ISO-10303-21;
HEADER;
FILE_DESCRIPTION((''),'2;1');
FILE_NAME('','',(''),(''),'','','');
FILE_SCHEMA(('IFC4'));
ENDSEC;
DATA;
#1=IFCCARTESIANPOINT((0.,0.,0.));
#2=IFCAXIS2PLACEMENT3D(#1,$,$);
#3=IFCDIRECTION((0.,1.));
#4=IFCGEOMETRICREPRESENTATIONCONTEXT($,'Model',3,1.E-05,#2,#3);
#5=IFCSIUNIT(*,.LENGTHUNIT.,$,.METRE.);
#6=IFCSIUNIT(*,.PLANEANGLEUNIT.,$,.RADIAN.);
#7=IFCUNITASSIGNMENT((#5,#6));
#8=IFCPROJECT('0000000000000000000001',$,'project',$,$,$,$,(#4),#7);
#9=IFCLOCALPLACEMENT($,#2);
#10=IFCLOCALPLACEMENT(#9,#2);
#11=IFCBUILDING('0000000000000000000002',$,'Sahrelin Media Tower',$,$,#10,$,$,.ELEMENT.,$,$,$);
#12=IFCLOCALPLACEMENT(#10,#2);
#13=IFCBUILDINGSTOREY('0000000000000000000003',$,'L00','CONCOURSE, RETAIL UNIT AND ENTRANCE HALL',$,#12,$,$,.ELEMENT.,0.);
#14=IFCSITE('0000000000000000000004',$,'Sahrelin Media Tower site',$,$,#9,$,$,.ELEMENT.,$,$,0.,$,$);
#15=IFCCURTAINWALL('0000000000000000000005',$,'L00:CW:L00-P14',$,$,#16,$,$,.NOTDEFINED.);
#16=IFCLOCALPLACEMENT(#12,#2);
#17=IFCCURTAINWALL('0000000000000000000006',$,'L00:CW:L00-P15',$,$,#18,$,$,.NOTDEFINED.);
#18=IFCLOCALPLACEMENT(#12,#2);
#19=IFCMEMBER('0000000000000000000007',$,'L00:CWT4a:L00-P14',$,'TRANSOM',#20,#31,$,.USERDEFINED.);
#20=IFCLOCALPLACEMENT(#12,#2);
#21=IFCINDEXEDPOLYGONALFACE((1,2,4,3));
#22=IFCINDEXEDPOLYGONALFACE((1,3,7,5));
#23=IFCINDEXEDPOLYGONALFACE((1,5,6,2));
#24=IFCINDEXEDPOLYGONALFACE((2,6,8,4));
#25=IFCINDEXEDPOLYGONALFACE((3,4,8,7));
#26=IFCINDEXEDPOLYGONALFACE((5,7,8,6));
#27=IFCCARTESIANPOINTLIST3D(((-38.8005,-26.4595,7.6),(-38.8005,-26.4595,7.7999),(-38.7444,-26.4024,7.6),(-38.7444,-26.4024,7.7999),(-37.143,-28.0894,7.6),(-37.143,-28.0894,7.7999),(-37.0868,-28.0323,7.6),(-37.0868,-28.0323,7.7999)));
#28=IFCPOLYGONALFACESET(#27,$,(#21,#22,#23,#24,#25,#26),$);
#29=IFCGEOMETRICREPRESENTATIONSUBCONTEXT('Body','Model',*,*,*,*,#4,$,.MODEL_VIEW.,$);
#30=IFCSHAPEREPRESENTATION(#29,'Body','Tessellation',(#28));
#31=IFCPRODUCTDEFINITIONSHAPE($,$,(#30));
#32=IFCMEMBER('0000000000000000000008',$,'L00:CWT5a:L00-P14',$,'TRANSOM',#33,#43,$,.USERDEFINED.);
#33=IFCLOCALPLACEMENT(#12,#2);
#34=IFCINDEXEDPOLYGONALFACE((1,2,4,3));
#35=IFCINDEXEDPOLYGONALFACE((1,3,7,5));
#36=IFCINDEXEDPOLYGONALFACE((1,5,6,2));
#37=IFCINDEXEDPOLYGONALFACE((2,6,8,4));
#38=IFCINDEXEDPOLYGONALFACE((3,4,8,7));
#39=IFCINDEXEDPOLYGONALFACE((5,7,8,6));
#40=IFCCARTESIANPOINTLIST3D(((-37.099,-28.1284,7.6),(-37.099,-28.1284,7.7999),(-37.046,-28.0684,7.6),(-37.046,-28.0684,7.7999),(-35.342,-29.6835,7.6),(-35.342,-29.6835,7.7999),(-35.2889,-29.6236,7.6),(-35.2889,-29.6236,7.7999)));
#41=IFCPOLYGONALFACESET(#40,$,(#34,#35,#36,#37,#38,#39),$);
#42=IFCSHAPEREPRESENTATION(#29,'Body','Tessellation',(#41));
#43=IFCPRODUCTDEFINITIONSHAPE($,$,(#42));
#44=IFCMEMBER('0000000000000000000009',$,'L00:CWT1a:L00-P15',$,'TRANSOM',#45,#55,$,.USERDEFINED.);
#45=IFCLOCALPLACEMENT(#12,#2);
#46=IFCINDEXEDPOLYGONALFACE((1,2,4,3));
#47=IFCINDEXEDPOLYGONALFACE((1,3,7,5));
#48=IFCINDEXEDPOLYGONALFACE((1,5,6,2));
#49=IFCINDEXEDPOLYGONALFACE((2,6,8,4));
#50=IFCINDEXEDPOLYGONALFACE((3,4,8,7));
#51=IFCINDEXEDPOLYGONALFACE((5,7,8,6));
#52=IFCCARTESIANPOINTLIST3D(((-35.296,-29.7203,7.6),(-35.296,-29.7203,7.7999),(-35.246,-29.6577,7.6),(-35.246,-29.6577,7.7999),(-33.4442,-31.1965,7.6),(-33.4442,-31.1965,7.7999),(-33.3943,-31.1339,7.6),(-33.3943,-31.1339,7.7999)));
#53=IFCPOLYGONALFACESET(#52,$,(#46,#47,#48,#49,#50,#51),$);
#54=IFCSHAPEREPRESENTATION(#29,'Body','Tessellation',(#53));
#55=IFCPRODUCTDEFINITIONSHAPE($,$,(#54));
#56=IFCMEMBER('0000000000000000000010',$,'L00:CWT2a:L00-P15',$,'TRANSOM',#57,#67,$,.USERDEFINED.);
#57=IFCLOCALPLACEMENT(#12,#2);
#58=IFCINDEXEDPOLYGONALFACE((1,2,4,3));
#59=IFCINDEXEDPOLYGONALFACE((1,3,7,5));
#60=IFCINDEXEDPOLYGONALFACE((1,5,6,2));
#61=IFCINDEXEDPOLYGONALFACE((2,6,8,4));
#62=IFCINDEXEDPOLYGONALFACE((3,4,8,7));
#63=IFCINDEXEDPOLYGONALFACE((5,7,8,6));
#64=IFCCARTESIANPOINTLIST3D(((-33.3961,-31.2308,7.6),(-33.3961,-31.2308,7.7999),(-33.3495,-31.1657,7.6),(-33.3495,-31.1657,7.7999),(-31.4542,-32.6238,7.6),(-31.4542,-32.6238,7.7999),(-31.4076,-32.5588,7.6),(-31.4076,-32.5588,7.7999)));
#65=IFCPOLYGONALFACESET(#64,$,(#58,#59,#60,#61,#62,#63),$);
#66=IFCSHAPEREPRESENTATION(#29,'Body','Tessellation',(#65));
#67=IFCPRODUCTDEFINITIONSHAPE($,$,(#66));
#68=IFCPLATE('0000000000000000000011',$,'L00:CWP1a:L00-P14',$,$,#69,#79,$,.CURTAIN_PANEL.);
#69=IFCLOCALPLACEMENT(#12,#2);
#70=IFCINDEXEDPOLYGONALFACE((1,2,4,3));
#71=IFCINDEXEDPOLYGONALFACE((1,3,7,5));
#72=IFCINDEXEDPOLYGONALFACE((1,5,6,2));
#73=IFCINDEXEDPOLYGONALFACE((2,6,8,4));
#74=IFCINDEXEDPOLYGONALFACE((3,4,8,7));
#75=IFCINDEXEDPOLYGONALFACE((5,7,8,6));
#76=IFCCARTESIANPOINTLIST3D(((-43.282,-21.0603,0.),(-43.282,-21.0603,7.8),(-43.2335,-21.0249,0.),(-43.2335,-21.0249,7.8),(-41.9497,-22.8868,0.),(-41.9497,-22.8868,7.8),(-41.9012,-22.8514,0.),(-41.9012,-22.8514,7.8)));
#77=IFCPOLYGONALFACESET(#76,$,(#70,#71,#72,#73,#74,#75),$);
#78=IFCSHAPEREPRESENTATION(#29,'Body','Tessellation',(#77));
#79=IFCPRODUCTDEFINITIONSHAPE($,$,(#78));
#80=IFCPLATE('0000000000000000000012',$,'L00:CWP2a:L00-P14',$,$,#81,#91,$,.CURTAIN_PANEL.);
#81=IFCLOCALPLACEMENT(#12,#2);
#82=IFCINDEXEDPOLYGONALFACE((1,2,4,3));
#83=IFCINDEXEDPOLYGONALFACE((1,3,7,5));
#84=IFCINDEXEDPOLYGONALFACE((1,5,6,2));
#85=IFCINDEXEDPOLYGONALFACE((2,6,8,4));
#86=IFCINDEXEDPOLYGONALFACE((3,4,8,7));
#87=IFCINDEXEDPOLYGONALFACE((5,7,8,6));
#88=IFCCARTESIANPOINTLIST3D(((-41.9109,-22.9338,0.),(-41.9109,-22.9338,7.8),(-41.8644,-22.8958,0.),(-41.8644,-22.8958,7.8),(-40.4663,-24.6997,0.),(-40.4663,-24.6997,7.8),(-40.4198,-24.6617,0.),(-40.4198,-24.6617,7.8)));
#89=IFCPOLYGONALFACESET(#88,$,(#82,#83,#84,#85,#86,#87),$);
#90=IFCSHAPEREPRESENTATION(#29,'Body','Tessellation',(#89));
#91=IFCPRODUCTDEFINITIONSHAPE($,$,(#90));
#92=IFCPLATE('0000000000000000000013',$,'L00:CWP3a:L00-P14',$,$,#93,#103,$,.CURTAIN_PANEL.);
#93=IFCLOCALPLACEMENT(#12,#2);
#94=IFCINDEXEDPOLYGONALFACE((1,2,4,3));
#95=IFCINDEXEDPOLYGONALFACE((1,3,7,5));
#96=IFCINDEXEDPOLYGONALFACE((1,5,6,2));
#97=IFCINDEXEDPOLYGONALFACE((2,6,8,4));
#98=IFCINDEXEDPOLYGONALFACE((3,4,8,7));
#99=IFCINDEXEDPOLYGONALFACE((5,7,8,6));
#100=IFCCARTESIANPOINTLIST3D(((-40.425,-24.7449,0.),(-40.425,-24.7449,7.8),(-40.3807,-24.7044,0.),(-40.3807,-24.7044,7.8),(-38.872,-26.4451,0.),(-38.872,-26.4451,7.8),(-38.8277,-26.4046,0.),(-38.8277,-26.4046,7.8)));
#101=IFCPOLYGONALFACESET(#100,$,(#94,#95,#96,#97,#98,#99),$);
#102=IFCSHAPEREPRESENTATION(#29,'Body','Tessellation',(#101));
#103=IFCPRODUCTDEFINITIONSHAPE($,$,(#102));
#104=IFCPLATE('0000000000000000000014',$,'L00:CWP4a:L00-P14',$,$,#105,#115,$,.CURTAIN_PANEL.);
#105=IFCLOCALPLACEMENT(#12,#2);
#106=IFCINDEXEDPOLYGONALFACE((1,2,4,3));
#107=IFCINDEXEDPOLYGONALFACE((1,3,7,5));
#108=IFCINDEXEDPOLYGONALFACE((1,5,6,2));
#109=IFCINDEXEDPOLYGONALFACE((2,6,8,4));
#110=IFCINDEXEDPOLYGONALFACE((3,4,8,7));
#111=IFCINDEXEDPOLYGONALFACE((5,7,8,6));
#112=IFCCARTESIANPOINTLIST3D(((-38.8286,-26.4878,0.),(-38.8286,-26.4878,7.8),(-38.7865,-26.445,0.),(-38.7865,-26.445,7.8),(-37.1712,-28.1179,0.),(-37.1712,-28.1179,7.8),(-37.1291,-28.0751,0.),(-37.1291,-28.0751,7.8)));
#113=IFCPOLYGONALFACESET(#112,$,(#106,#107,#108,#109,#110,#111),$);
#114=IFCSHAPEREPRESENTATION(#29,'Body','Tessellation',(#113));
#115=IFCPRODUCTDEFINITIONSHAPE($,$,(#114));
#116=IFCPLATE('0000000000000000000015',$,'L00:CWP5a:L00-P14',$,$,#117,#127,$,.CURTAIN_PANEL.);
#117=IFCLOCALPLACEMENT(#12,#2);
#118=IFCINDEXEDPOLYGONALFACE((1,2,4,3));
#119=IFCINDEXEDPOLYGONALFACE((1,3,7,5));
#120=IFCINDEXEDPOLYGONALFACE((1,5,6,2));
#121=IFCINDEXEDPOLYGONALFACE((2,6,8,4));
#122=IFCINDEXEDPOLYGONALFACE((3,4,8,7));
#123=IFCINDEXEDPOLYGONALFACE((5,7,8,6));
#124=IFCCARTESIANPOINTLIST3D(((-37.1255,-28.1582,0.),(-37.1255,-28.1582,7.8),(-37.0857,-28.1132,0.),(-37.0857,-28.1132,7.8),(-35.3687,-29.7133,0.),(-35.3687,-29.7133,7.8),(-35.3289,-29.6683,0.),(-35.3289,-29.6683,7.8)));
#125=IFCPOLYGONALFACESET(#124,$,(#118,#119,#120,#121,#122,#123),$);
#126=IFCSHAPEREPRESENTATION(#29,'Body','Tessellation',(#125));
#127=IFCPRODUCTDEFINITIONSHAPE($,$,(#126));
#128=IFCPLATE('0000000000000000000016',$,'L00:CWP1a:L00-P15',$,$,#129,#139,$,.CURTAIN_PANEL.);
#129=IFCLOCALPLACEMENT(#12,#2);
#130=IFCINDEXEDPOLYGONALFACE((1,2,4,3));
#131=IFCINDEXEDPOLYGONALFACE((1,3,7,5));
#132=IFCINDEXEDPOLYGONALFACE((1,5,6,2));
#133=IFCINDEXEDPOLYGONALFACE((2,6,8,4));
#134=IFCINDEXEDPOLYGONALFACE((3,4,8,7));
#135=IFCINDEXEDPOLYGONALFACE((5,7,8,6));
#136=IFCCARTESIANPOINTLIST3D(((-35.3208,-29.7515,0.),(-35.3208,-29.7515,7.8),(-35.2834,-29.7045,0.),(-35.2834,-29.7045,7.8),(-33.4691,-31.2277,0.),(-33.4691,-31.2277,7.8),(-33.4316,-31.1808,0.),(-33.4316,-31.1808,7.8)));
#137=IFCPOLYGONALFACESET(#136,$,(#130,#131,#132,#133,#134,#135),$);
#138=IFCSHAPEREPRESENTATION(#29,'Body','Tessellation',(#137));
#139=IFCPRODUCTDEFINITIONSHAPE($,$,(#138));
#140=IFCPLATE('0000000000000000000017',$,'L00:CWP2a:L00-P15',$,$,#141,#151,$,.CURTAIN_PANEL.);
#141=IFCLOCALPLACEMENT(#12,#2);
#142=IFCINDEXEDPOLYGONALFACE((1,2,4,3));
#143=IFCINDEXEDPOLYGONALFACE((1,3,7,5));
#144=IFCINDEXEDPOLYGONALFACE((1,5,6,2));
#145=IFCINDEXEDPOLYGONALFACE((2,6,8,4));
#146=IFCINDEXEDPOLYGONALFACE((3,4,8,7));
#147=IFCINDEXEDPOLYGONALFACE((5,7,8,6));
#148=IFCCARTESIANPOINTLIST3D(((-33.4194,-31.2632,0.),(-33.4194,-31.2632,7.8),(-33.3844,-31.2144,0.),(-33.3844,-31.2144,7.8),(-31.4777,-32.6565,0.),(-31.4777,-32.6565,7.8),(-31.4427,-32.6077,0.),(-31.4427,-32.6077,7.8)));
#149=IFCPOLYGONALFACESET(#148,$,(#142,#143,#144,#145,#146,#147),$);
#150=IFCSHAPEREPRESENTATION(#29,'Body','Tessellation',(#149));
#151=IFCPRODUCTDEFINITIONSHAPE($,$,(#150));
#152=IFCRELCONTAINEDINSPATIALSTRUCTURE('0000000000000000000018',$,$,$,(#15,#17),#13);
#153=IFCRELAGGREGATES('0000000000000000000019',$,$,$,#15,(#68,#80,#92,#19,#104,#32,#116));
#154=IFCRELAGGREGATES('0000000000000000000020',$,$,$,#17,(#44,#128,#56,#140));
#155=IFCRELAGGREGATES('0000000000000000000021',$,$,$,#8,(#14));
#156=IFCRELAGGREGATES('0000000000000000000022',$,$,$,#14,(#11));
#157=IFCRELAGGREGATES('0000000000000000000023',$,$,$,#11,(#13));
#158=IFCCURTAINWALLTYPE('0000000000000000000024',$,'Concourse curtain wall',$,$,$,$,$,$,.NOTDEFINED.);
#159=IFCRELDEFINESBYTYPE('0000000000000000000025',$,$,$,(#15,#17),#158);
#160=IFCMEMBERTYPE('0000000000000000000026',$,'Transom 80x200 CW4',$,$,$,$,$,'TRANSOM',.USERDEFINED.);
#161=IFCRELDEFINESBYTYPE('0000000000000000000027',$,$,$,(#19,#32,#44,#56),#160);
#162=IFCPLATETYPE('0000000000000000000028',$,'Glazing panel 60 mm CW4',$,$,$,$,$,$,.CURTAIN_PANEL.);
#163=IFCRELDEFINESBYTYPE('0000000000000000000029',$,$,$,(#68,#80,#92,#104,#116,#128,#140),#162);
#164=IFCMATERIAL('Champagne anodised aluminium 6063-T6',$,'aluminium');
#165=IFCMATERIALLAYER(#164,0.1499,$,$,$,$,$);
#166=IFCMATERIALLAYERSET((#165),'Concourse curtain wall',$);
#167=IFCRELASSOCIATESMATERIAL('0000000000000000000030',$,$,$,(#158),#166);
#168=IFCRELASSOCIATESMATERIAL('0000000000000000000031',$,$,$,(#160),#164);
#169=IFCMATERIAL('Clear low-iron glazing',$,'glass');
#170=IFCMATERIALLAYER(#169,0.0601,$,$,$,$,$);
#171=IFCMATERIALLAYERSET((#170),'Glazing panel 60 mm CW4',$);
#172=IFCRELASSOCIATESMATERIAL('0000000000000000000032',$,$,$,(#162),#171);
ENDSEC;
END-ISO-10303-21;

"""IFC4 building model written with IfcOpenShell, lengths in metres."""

from ifc_helpers import new_model, si_unit, direction, frame, origin, origin_2d, place, context, subcontext, project, spatial, polyline, rectangle, outline, extrude, material, layer, layer_set, material_profile, profile_set, type_object, element, aggregate, save


model = new_model("IFC4")

# Units and contexts
model_context = context("Model", 3, precision=1e-05, world=origin(), true_north=direction((0.0, 1.0)))
body_context = subcontext(model_context, "Body", "Model", "MODEL_VIEW")
ifc_project = project(units=[si_unit("LENGTHUNIT", "METRE"), si_unit("PLANEANGLEUNIT", "RADIAN")], contexts=[model_context])

# Site, building, storey
site_placement = place(None, origin())
site = spatial("IfcSite", under=ifc_project, at=site_placement, Name="Sahrelin Media Tower site", CompositionType="ELEMENT", RefElevation=0.0)
building_placement = place(site_placement, origin())
building = spatial("IfcBuilding", under=site, at=building_placement, Name="Sahrelin Media Tower", CompositionType="ELEMENT")
storey_placement = place(building_placement, origin())
storey = spatial("IfcBuildingStorey", under=building, at=storey_placement, Name="L00", Description="CONCOURSE, RETAIL UNIT AND ENTRANCE HALL", CompositionType="ELEMENT", Elevation=0.0)

# Curtain walls
ifc_material_1 = material(Name="Champagne anodised aluminium 6063-T6", Category="aluminium")
ifc_layer_1 = layer(ifc_material_1, 0.1499)
ifc_layer_set_1 = layer_set([ifc_layer_1], Name="Concourse curtain wall")
curtain_wall_type = type_object("IfcCurtainWallType", Name="Concourse curtain wall", PredefinedType="NOTDEFINED", material=ifc_layer_set_1)
curtain_wall_1_placement = place(storey_placement, frame((-43.3013, -21.0, 0.0), z_axis=(0.0, 0.0, 1.0), x_axis=(1.0, 0.0, 0.0)))
curtain_wall_1 = element("IfcCurtainWall", 1, at=curtain_wall_1_placement, inside=storey, type_object=curtain_wall_type, Name="L00:CW:L00-P14", PredefinedType="NOTDEFINED")
curtain_wall_2_placement = place(storey_placement, frame((-35.3552, -29.6985, 0.0), z_axis=(0.0, 0.0, 1.0), x_axis=(1.0, 0.0, 0.0)))
curtain_wall_2 = element("IfcCurtainWall", 2, at=curtain_wall_2_placement, inside=storey, type_object=curtain_wall_type, Name="L00:CW:L00-P15", PredefinedType="NOTDEFINED")

# Members
ifc_material_profile_1 = material_profile(ifc_material_1, rectangle(XDim=0.0801, YDim=0.2, at=origin_2d()), Name="Transom 80x200")
ifc_profile_set_1 = profile_set([ifc_material_profile_1], Name="Champagne anodised aluminium 6063-T6")
member_type_1 = type_object("IfcMemberType", Name="Transom 80x200 CW4", ElementType="TRANSOM", PredefinedType="USERDEFINED", material=ifc_profile_set_1)
member_1_placement = place(storey_placement, frame((-38.7725, -26.4309, 7.7), z_axis=(0.713016, -0.701148, 0.0), x_axis=(0.701148, 0.713016, 0.0)))
member_1 = element("IfcMember", 3, at=member_1_placement, type_object=member_type_1, Name="L00:CWT4a:L00-P14", ObjectType="TRANSOM", PredefinedType="USERDEFINED", context=body_context, shape_type="SweptSolid", body=[
    extrude(rectangle(XDim=0.0801, YDim=0.2, at=origin_2d()), origin(), (0.0, 0.0, 1.0), 2.3247),
])
member_2_placement = place(storey_placement, frame((-37.0725, -28.0984, 7.7), z_axis=(0.74882, -0.662774, 0.0), x_axis=(0.662774, 0.74882, 0.0)))
member_2 = element("IfcMember", 4, at=member_2_placement, type_object=member_type_1, Name="L00:CWT5a:L00-P14", ObjectType="TRANSOM", PredefinedType="USERDEFINED", context=body_context, shape_type="SweptSolid", body=[
    extrude(rectangle(XDim=0.0801, YDim=0.2, at=origin_2d()), origin(), (0.0, 0.0, 1.0), 2.3464),
])
member_3_placement = place(storey_placement, frame((-35.271, -29.689, 7.7), z_axis=(0.781924, -0.623374, 0.0), x_axis=(0.623374, 0.781924, 0.0)))
member_3 = element("IfcMember", 5, at=member_3_placement, type_object=member_type_1, Name="L00:CWT1a:L00-P15", ObjectType="TRANSOM", PredefinedType="USERDEFINED", context=body_context, shape_type="SweptSolid", body=[
    extrude(rectangle(XDim=0.0801, YDim=0.2, at=origin_2d()), origin(), (0.0, 0.0, 1.0), 2.3682),
])
member_4_placement = place(storey_placement, frame((-33.3728, -31.1982, 7.7), z_axis=(0.812545, -0.582899, 0.0), x_axis=(0.582899, 0.812545, 0.0)))
member_4 = element("IfcMember", 6, at=member_4_placement, type_object=member_type_1, Name="L00:CWT2a:L00-P15", ObjectType="TRANSOM", PredefinedType="USERDEFINED", context=body_context, shape_type="SweptSolid", body=[
    extrude(rectangle(XDim=0.0801, YDim=0.2, at=origin_2d()), origin(), (0.0, 0.0, 1.0), 2.3899),
])

# Plates
ifc_material_2 = material(Name="Clear low-iron glazing", Category="glass")
ifc_layer_2 = layer(ifc_material_2, 0.0601)
ifc_layer_set_2 = layer_set([ifc_layer_2], Name="Glazing panel 60 mm CW4")
plate_type = type_object("IfcPlateType", Name="Glazing panel 60 mm CW4", PredefinedType="CURTAIN_PANEL", material=ifc_layer_set_2)
plate_1_placement = place(storey_placement, frame((-43.282, -21.0603, 0.0), z_axis=(-0.807899, -0.589321, 0.0), x_axis=(0.589321, -0.807899, 0.0)))
plate_1 = element("IfcPlate", 7, at=plate_1_placement, type_object=plate_type, Name="L00:CWP1a:L00-P14", PredefinedType="CURTAIN_PANEL", context=body_context, shape_type="SweptSolid", body=[
    extrude(outline(polyline([(0.0, 0.0), (2.2607, 0.0), (2.2607, 7.8), (0.0, 7.8), (0.0, 0.0)])), origin(), (0.0, 0.0, -1.0), 0.0601),
])
plate_2_placement = place(storey_placement, frame((-41.9109, -22.9338, 0.0), z_axis=(-0.774005, -0.63318, 0.0), x_axis=(0.63318, -0.774005, 0.0)))
plate_2 = element("IfcPlate", 8, at=plate_2_placement, type_object=plate_type, Name="L00:CWP2a:L00-P14", PredefinedType="CURTAIN_PANEL", context=body_context, shape_type="SweptSolid", body=[
    extrude(outline(polyline([(0.0, 0.0), (2.2815, 0.0), (2.2815, 7.8), (0.0, 7.8), (0.0, 0.0)])), origin(), (0.0, 0.0, -1.0), 0.0601),
])
plate_3_placement = place(storey_placement, frame((-40.425, -24.7449, 0.0), z_axis=(-0.73835, -0.674418, 0.0), x_axis=(0.674418, -0.73835, 0.0)))
plate_3 = element("IfcPlate", 9, at=plate_3_placement, type_object=plate_type, Name="L00:CWP3a:L00-P14", PredefinedType="CURTAIN_PANEL", context=body_context, shape_type="SweptSolid", body=[
    extrude(outline(polyline([(0.0, 0.0), (2.3027, 0.0), (2.3027, 7.8), (0.0, 7.8), (0.0, 0.0)])), origin(), (0.0, 0.0, -1.0), 0.0601),
])
plate_4_placement = place(storey_placement, frame((-38.8286, -26.4878, 0.0), z_axis=(-0.701201, -0.712963, 0.0), x_axis=(0.712963, -0.701201, 0.0)))
plate_4 = element("IfcPlate", 10, at=plate_4_placement, type_object=plate_type, Name="L00:CWP4a:L00-P14", PredefinedType="CURTAIN_PANEL", context=body_context, shape_type="SweptSolid", body=[
    extrude(outline(polyline([(0.0, 0.0), (2.3247, 0.0), (2.3247, 7.8), (0.0, 7.8), (0.0, 0.0)])), origin(), (0.0, 0.0, -1.0), 0.0601),
])
plate_5_placement = place(storey_placement, frame((-37.1255, -28.1582, 0.0), z_axis=(-0.662825, -0.748774, 0.0), x_axis=(0.748774, -0.662825, 0.0)))
plate_5 = element("IfcPlate", 11, at=plate_5_placement, type_object=plate_type, Name="L00:CWP5a:L00-P14", PredefinedType="CURTAIN_PANEL", context=body_context, shape_type="SweptSolid", body=[
    extrude(outline(polyline([(0.0, 0.0), (2.3462, 0.0), (2.3462, 7.8), (0.0, 7.8), (0.0, 0.0)])), origin(), (0.0, 0.0, -1.0), 0.0601),
])
aggregate(curtain_wall_1, [plate_1, plate_2, plate_3, member_1, plate_4, member_2, plate_5])
plate_6_placement = place(storey_placement, frame((-35.3208, -29.7515, 0.0), z_axis=(-0.623374, -0.781924, 0.0), x_axis=(0.781924, -0.623374, 0.0)))
plate_6 = element("IfcPlate", 12, at=plate_6_placement, type_object=plate_type, Name="L00:CWP1a:L00-P15", PredefinedType="CURTAIN_PANEL", context=body_context, shape_type="SweptSolid", body=[
    extrude(outline(polyline([(0.0, 0.0), (2.3682, 0.0), (2.3682, 7.8), (0.0, 7.8), (0.0, 0.0)])), origin(), (0.0, 0.0, -1.0), 0.0601),
])
plate_7_placement = place(storey_placement, frame((-33.4194, -31.2632, 0.0), z_axis=(-0.583015, -0.812461, 0.0), x_axis=(0.812461, -0.583015, 0.0)))
plate_7 = element("IfcPlate", 13, at=plate_7_placement, type_object=plate_type, Name="L00:CWP2a:L00-P15", PredefinedType="CURTAIN_PANEL", context=body_context, shape_type="SweptSolid", body=[
    extrude(outline(polyline([(0.0, 0.0), (2.3899, 0.0), (2.3899, 7.8), (0.0, 7.8), (0.0, 0.0)])), origin(), (0.0, 0.0, -1.0), 0.0601),
])
aggregate(curtain_wall_2, [member_3, plate_6, member_4, plate_7])

save(model, "model.ifc")
